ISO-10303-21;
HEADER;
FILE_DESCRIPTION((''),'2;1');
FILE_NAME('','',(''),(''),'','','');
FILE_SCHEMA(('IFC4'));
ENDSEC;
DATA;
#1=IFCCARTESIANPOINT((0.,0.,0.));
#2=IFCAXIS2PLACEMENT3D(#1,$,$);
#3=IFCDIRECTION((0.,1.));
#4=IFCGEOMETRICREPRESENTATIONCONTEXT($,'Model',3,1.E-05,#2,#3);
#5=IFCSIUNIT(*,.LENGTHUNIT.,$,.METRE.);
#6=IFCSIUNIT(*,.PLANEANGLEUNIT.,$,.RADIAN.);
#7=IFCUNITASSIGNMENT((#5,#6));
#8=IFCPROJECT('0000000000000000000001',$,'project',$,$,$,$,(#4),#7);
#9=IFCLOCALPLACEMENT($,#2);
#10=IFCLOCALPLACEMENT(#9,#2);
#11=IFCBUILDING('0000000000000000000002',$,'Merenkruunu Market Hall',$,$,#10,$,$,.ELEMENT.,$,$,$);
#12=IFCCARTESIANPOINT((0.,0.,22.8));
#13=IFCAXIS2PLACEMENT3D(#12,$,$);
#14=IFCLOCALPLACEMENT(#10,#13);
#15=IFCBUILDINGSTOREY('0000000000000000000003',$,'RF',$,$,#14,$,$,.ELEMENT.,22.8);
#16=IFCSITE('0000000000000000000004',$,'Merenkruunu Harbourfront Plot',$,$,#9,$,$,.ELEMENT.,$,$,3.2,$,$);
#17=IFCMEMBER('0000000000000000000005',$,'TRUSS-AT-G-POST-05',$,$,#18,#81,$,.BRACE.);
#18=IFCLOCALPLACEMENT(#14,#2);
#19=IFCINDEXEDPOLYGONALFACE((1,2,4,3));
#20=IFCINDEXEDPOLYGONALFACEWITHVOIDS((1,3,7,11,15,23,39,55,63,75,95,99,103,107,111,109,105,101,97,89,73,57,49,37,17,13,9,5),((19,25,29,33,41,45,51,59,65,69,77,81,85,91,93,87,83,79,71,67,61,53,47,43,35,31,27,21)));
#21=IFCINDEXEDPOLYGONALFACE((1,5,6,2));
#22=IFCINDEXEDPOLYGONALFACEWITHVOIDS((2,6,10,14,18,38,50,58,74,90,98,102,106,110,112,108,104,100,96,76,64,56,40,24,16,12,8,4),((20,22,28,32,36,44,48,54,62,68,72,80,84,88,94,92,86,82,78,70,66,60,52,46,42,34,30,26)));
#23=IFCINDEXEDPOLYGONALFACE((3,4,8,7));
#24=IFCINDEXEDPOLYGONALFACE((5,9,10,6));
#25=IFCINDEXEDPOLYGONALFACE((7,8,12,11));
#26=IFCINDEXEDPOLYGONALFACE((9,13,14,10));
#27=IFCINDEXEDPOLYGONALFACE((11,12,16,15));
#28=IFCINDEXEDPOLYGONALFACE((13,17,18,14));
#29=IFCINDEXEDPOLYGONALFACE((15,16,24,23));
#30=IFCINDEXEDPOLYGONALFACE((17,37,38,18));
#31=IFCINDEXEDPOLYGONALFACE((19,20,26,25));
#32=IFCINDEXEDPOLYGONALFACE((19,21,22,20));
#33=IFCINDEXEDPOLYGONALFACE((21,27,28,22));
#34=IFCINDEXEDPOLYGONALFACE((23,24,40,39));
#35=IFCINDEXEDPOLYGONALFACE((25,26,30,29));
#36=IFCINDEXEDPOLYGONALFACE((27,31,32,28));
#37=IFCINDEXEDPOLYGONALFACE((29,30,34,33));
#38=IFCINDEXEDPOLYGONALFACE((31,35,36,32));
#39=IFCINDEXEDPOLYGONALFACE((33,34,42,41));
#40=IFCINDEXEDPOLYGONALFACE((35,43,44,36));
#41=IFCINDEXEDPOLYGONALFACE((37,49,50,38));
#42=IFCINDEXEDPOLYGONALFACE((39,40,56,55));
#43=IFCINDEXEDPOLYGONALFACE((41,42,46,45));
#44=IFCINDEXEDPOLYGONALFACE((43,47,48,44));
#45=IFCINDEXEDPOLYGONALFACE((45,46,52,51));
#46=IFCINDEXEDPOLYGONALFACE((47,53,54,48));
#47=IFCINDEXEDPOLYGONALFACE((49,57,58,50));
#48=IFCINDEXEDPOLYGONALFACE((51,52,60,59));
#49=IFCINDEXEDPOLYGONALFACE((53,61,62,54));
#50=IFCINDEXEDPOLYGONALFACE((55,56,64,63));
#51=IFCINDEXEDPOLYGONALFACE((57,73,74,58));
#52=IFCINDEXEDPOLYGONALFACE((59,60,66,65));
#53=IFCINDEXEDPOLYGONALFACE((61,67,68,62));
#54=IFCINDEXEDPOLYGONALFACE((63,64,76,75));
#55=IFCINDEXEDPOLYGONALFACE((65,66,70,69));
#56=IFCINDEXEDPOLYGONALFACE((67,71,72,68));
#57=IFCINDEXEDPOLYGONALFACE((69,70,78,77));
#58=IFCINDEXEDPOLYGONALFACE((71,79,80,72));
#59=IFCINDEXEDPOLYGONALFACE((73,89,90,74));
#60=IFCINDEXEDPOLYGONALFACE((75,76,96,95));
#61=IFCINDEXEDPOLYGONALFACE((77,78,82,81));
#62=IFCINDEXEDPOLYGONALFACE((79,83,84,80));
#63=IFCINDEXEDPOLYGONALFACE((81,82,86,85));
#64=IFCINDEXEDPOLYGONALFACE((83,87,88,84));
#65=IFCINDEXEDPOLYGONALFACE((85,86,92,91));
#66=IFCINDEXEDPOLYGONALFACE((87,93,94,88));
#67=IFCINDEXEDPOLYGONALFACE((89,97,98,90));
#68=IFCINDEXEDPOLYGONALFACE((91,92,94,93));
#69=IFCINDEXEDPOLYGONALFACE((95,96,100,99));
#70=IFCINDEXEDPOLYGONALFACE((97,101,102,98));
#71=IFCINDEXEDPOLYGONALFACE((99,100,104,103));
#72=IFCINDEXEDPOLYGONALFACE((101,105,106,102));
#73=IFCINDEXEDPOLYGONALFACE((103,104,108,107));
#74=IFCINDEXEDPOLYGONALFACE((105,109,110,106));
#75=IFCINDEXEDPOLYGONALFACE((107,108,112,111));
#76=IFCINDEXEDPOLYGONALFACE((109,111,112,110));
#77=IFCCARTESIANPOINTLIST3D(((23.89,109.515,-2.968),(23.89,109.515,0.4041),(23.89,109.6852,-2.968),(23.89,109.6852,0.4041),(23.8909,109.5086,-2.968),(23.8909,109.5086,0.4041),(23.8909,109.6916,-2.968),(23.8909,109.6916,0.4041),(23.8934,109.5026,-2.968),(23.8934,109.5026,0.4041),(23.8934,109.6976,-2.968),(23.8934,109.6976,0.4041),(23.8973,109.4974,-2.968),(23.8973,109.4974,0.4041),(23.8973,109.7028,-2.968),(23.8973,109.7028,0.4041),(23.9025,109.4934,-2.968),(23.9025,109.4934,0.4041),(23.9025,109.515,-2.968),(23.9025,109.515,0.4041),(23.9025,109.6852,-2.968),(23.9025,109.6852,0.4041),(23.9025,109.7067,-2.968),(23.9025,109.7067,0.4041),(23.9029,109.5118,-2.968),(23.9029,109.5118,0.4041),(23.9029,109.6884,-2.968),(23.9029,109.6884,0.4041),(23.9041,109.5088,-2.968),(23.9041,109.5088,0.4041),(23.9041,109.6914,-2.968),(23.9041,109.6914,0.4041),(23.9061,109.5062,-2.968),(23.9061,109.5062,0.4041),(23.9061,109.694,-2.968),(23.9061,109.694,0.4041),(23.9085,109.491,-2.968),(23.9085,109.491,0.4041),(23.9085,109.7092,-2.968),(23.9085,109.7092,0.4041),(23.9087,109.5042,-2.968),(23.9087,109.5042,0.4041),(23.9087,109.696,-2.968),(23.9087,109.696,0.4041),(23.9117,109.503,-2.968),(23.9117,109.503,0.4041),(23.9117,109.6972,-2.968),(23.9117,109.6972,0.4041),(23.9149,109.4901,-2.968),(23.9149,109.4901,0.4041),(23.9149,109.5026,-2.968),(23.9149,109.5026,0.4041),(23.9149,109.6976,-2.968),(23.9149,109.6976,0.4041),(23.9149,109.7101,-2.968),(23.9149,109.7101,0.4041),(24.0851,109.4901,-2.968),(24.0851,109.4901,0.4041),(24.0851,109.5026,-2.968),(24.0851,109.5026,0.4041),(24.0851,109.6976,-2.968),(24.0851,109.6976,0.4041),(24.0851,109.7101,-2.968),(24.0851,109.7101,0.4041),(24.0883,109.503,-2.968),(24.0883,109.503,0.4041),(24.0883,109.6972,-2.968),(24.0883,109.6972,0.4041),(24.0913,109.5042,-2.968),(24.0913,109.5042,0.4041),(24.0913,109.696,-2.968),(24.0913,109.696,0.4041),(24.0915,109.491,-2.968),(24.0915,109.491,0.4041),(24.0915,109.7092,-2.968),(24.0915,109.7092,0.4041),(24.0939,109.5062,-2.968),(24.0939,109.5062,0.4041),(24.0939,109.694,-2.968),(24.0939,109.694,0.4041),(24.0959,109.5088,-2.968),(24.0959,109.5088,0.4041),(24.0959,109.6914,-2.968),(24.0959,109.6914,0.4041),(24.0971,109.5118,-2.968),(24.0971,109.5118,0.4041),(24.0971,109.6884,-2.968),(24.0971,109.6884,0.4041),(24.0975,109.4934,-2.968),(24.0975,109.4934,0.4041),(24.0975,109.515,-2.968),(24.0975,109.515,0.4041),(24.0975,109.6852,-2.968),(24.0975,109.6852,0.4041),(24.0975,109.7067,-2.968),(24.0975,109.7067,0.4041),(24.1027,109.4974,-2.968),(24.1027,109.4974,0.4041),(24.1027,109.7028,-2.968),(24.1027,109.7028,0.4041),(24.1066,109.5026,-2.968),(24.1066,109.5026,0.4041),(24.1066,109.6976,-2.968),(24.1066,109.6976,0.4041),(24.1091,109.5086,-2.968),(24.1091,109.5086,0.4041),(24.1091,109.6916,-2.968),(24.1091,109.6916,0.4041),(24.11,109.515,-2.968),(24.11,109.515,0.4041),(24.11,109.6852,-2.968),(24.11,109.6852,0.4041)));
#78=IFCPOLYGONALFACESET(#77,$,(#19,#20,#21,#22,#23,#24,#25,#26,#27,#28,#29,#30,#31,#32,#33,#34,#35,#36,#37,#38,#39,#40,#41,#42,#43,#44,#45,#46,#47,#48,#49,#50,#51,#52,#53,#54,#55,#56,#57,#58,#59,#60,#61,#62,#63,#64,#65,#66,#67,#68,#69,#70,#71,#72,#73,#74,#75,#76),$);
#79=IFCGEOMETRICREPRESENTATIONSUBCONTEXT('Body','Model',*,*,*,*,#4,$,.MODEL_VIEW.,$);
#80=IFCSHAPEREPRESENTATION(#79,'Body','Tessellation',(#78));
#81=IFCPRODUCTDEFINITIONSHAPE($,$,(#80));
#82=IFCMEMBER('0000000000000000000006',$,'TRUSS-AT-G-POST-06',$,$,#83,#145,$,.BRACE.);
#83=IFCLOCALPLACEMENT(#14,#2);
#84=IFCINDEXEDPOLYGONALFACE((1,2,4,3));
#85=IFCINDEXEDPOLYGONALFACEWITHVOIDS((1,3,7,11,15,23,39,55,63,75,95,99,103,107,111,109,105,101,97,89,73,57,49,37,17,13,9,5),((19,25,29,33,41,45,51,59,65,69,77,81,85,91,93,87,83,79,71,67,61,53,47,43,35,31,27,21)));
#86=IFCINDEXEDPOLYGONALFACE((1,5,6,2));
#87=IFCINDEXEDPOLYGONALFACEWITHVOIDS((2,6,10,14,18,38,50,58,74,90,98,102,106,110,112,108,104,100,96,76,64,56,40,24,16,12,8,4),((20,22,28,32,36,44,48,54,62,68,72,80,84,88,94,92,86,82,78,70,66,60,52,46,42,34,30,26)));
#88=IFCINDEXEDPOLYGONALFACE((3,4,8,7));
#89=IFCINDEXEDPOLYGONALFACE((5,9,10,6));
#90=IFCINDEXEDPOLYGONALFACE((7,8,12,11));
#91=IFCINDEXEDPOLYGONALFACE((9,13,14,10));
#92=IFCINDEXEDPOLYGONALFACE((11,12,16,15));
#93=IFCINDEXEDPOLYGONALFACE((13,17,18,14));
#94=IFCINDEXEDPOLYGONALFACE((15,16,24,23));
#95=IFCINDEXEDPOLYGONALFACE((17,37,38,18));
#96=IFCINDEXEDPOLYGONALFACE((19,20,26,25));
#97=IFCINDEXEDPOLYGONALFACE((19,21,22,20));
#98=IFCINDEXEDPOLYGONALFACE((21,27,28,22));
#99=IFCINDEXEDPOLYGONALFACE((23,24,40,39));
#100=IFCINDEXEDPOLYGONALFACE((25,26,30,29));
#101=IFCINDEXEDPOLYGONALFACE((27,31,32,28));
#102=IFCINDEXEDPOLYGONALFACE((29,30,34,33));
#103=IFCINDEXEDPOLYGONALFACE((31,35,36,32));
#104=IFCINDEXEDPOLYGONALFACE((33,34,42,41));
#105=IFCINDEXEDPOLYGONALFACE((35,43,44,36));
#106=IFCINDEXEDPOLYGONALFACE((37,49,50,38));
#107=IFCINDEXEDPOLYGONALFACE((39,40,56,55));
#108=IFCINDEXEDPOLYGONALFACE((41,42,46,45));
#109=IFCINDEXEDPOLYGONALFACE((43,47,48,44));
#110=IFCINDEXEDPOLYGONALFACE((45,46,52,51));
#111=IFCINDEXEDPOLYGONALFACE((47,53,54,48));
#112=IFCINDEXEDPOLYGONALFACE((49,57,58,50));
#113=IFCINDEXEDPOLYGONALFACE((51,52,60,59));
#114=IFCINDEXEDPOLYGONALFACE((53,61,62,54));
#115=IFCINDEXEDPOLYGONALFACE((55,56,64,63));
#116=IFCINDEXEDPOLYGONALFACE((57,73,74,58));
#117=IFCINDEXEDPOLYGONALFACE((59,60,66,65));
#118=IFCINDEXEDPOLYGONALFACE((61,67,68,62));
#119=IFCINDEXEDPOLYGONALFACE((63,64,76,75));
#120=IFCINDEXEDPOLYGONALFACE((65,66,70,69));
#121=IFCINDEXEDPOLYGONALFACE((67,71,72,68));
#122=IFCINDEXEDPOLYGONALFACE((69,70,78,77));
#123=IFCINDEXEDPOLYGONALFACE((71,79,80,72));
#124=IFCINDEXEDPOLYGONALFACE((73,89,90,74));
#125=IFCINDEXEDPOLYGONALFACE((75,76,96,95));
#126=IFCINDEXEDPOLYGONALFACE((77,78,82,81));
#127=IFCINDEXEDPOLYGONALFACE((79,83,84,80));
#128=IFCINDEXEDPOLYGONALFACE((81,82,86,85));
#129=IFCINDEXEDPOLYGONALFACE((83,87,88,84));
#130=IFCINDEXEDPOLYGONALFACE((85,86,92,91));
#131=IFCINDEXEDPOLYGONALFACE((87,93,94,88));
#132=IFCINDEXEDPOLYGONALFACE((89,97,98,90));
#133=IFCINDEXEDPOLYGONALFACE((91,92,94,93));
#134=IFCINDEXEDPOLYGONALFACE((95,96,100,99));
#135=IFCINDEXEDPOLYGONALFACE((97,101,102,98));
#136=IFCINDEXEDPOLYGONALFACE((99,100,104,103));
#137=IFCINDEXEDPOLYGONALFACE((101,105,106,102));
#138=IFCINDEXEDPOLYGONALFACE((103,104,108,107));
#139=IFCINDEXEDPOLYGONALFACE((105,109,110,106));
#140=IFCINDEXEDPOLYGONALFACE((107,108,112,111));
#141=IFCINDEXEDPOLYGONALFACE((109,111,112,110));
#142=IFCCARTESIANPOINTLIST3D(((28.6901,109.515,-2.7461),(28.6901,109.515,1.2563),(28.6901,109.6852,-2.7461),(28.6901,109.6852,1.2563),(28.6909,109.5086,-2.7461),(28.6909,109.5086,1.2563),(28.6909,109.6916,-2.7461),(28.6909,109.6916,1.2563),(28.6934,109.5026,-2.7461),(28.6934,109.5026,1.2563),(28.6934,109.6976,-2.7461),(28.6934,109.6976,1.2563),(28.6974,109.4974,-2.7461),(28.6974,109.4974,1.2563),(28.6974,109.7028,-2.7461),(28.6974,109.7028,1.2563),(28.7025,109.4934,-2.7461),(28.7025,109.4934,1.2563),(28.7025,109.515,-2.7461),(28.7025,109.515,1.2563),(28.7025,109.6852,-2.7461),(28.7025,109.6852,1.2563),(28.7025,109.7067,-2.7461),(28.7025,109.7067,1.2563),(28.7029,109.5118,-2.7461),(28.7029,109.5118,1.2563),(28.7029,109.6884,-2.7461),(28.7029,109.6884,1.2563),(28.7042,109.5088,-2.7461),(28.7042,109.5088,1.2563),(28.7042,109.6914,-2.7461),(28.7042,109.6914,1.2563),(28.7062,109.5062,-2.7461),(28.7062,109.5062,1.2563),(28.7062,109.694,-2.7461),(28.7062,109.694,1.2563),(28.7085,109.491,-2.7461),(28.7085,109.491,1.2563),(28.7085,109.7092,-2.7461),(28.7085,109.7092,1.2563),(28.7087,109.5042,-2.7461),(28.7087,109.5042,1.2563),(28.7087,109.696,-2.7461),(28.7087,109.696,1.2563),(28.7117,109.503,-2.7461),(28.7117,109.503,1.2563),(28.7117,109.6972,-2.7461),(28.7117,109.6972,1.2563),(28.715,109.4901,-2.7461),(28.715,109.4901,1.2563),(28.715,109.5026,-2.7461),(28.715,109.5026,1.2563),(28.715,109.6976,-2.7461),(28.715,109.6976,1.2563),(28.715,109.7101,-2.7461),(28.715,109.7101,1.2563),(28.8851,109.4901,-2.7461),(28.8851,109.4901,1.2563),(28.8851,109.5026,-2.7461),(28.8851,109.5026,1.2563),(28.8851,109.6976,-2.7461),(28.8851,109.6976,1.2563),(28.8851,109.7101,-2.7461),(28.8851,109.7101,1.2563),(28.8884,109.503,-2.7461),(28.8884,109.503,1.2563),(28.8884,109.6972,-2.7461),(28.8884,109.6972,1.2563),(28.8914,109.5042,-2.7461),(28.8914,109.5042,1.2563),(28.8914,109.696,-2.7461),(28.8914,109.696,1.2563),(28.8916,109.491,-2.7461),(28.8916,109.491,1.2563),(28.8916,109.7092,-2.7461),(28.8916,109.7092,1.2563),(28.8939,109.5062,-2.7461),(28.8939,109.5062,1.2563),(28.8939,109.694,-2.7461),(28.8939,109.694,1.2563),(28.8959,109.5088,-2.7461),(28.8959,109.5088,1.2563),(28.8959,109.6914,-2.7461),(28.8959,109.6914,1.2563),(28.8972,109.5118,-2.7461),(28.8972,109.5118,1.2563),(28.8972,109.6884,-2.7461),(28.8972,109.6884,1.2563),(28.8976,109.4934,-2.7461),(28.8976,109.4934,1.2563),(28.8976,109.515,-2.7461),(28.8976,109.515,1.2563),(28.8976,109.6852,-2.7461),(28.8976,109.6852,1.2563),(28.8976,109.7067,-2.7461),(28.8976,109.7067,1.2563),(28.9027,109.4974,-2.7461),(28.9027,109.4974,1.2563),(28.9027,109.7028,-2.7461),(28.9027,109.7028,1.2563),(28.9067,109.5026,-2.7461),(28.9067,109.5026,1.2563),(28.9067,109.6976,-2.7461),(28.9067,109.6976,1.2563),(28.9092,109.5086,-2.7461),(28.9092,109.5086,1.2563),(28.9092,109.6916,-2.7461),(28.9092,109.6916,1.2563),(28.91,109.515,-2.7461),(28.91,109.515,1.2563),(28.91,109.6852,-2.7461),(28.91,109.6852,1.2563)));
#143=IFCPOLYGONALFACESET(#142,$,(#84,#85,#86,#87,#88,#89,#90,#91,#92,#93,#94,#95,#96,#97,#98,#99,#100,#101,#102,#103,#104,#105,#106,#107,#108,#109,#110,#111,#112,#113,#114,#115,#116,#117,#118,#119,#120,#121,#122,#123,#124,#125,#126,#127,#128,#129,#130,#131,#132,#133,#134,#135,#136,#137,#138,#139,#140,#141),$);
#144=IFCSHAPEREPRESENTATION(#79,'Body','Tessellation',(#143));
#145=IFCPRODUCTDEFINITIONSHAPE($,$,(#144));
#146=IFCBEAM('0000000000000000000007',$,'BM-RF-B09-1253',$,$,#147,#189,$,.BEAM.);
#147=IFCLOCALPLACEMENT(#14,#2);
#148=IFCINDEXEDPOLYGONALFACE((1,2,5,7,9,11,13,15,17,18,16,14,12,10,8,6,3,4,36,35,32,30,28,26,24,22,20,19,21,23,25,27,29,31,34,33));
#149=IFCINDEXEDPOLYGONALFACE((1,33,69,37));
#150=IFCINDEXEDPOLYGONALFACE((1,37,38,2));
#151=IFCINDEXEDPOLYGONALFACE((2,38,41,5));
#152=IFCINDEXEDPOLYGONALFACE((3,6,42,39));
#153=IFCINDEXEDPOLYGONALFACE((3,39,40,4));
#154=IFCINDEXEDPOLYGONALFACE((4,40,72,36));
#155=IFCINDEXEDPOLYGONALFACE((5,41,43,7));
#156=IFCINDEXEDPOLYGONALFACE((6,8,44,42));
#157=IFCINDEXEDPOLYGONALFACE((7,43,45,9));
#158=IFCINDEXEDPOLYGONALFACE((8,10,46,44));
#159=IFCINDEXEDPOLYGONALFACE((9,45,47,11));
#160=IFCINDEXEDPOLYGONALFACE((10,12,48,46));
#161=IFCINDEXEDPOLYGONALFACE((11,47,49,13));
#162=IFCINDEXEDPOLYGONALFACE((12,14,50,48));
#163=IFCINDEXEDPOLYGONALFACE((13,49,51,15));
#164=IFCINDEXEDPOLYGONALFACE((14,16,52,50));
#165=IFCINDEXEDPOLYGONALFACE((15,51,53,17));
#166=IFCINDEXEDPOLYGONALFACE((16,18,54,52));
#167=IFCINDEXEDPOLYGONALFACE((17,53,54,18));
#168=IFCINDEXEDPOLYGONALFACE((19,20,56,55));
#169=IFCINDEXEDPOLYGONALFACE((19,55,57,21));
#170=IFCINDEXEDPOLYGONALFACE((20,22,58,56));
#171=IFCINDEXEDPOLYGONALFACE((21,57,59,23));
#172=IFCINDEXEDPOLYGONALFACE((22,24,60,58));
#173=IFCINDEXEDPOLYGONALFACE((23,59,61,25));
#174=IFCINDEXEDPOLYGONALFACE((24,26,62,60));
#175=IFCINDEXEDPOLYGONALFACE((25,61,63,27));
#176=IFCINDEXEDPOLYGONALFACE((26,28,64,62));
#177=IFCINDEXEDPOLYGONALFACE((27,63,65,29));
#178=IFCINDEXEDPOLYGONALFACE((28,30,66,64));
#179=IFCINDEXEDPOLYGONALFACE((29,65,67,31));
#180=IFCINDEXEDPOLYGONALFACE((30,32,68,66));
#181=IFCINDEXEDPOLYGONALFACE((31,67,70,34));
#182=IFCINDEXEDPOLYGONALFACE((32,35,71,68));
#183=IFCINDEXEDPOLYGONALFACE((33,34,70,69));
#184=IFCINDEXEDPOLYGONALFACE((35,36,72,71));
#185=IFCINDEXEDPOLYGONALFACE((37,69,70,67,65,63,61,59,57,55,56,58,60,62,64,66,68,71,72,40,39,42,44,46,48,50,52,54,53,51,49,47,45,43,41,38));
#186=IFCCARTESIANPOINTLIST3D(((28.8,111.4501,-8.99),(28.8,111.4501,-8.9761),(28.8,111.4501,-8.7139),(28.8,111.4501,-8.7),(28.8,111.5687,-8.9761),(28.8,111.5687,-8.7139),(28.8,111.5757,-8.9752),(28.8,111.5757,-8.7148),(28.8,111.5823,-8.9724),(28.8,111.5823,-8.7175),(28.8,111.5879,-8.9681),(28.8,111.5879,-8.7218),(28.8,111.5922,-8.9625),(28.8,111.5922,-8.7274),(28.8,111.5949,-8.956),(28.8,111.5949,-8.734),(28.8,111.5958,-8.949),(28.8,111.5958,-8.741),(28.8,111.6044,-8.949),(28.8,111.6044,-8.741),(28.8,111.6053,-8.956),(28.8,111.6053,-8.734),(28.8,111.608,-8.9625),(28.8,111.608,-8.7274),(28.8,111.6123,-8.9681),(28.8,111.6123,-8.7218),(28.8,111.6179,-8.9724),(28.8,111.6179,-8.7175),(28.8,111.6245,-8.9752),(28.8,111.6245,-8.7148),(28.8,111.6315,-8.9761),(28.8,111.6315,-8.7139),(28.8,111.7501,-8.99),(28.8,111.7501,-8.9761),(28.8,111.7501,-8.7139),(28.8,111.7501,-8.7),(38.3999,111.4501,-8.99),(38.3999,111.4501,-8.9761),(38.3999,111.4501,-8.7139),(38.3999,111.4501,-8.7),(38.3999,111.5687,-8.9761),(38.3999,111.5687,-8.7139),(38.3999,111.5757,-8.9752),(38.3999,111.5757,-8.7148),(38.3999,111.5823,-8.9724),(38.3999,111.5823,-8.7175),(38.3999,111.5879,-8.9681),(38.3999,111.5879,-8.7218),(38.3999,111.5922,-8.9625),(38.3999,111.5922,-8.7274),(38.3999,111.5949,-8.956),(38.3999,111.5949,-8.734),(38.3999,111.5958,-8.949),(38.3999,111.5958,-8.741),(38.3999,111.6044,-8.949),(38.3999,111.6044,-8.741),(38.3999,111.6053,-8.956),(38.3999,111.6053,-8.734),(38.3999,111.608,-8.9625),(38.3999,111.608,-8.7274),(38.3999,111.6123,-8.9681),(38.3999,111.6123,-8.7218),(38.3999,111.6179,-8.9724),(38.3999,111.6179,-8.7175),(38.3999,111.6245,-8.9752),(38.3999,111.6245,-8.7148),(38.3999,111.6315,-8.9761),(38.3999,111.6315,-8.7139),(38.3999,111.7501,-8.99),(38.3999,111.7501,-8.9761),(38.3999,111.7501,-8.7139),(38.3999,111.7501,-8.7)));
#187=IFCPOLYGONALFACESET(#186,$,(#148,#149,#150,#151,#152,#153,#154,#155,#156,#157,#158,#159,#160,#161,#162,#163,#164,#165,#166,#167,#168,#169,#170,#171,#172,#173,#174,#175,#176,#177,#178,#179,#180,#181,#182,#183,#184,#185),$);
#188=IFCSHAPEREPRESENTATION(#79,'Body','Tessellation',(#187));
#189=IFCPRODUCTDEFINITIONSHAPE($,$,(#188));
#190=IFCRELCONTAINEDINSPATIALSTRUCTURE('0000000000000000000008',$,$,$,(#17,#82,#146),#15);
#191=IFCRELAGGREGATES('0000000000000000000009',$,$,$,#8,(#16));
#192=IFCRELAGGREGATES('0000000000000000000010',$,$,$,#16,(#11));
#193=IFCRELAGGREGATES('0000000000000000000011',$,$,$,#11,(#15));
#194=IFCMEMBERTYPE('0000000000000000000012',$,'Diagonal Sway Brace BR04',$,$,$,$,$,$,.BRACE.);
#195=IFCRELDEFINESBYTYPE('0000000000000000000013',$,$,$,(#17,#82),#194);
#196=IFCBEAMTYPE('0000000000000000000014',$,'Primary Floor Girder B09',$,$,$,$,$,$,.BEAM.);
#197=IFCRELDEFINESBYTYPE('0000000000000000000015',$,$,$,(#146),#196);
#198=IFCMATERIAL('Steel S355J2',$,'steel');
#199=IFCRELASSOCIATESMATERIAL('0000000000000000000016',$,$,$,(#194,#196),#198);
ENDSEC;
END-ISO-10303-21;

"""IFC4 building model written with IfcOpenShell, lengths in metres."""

from ifc_helpers import new_model, si_unit, direction, frame, origin, origin_2d, place, context, subcontext, project, spatial, hollow_rectangle, i_section, extrude, material, material_profile, profile_set, type_object, element, save


model = new_model("IFC4")

# Units and contexts
model_context = context("Model", 3, precision=1e-05, world=origin(), true_north=direction((0.0, 1.0)))
body_context = subcontext(model_context, "Body", "Model", "MODEL_VIEW")
ifc_project = project(units=[si_unit("LENGTHUNIT", "METRE"), si_unit("PLANEANGLEUNIT", "RADIAN")], contexts=[model_context])

# Site, building, storey
site_placement = place(None, origin())
site = spatial("IfcSite", under=ifc_project, at=site_placement, Name="Merenkruunu Harbourfront Plot", CompositionType="ELEMENT", RefElevation=3.2)
building_placement = place(site_placement, origin())
building = spatial("IfcBuilding", under=site, at=building_placement, Name="Merenkruunu Market Hall", CompositionType="ELEMENT")
storey_placement = place(building_placement, frame((0.0, 0.0, 22.8)))
storey = spatial("IfcBuildingStorey", under=building, at=storey_placement, Name="RF", CompositionType="ELEMENT", Elevation=22.8)

# Members
ifc_material_1 = material(Name="Steel S355J2", Category="steel")
ifc_material_profile_1 = material_profile(ifc_material_1, hollow_rectangle(XDim=0.22, YDim=0.22, WallThickness=0.0125, InnerFilletRadius=0.0125, OuterFilletRadius=0.0249, at=origin_2d()), Name="SHS 220x220x12.5")
ifc_profile_set_1 = profile_set([ifc_material_profile_1], Name="Steel S355J2")
member_type_1 = type_object("IfcMemberType", Name="Diagonal Sway Brace BR04", PredefinedType="BRACE", material=ifc_profile_set_1)
member_1_placement = place(storey_placement, frame((24.0, 109.6001, -2.968), z_axis=(0.0, 0.0, 1.0), x_axis=(1.0, 0.0, 0.0)))
element("IfcMember", 1, at=member_1_placement, inside=storey, type_object=member_type_1, Name="TRUSS-AT-G-POST-05", PredefinedType="BRACE", context=body_context, shape_type="SweptSolid", body=[
    extrude(hollow_rectangle(XDim=0.22, YDim=0.22, WallThickness=0.0125, InnerFilletRadius=0.0125, OuterFilletRadius=0.0249, at=origin_2d()), origin(), (0.0, 0.0, 1.0), 3.3721),
])
member_2_placement = place(storey_placement, frame((28.8, 109.6001, -2.7461), z_axis=(0.0, 0.0, 1.0), x_axis=(1.0, 0.0, 0.0)))
element("IfcMember", 2, at=member_2_placement, inside=storey, type_object=member_type_1, Name="TRUSS-AT-G-POST-06", PredefinedType="BRACE", context=body_context, shape_type="SweptSolid", body=[
    extrude(hollow_rectangle(XDim=0.22, YDim=0.22, WallThickness=0.0125, InnerFilletRadius=0.0125, OuterFilletRadius=0.0249, at=origin_2d()), origin(), (0.0, 0.0, 1.0), 4.0024),
])

# Beam
ifc_material_profile_2 = material_profile(ifc_material_1, i_section(OverallWidth=0.3, OverallDepth=0.29, WebThickness=0.0085, FlangeThickness=0.0139, FilletRadius=0.0271, at=origin_2d()), Name="HEA 300")
ifc_profile_set_2 = profile_set([ifc_material_profile_2], Name="Steel S355J2")
beam_type = type_object("IfcBeamType", Name="Primary Floor Girder B09", PredefinedType="BEAM", material=ifc_profile_set_2)
beam_placement = place(storey_placement, frame((28.8, 111.6001, -8.845), z_axis=(1.0, 0.0, 0.0), x_axis=(0.0, 1.0, 0.0)))
element("IfcBeam", 3, at=beam_placement, inside=storey, type_object=beam_type, Name="BM-RF-B09-1253", PredefinedType="BEAM", context=body_context, shape_type="SweptSolid", body=[
    extrude(i_section(OverallWidth=0.3, OverallDepth=0.29, WebThickness=0.0085, FlangeThickness=0.0139, FilletRadius=0.0271, at=origin_2d()), origin(), (0.0, 0.0, 1.0), 9.5999),
])

save(model, "model.ifc")
